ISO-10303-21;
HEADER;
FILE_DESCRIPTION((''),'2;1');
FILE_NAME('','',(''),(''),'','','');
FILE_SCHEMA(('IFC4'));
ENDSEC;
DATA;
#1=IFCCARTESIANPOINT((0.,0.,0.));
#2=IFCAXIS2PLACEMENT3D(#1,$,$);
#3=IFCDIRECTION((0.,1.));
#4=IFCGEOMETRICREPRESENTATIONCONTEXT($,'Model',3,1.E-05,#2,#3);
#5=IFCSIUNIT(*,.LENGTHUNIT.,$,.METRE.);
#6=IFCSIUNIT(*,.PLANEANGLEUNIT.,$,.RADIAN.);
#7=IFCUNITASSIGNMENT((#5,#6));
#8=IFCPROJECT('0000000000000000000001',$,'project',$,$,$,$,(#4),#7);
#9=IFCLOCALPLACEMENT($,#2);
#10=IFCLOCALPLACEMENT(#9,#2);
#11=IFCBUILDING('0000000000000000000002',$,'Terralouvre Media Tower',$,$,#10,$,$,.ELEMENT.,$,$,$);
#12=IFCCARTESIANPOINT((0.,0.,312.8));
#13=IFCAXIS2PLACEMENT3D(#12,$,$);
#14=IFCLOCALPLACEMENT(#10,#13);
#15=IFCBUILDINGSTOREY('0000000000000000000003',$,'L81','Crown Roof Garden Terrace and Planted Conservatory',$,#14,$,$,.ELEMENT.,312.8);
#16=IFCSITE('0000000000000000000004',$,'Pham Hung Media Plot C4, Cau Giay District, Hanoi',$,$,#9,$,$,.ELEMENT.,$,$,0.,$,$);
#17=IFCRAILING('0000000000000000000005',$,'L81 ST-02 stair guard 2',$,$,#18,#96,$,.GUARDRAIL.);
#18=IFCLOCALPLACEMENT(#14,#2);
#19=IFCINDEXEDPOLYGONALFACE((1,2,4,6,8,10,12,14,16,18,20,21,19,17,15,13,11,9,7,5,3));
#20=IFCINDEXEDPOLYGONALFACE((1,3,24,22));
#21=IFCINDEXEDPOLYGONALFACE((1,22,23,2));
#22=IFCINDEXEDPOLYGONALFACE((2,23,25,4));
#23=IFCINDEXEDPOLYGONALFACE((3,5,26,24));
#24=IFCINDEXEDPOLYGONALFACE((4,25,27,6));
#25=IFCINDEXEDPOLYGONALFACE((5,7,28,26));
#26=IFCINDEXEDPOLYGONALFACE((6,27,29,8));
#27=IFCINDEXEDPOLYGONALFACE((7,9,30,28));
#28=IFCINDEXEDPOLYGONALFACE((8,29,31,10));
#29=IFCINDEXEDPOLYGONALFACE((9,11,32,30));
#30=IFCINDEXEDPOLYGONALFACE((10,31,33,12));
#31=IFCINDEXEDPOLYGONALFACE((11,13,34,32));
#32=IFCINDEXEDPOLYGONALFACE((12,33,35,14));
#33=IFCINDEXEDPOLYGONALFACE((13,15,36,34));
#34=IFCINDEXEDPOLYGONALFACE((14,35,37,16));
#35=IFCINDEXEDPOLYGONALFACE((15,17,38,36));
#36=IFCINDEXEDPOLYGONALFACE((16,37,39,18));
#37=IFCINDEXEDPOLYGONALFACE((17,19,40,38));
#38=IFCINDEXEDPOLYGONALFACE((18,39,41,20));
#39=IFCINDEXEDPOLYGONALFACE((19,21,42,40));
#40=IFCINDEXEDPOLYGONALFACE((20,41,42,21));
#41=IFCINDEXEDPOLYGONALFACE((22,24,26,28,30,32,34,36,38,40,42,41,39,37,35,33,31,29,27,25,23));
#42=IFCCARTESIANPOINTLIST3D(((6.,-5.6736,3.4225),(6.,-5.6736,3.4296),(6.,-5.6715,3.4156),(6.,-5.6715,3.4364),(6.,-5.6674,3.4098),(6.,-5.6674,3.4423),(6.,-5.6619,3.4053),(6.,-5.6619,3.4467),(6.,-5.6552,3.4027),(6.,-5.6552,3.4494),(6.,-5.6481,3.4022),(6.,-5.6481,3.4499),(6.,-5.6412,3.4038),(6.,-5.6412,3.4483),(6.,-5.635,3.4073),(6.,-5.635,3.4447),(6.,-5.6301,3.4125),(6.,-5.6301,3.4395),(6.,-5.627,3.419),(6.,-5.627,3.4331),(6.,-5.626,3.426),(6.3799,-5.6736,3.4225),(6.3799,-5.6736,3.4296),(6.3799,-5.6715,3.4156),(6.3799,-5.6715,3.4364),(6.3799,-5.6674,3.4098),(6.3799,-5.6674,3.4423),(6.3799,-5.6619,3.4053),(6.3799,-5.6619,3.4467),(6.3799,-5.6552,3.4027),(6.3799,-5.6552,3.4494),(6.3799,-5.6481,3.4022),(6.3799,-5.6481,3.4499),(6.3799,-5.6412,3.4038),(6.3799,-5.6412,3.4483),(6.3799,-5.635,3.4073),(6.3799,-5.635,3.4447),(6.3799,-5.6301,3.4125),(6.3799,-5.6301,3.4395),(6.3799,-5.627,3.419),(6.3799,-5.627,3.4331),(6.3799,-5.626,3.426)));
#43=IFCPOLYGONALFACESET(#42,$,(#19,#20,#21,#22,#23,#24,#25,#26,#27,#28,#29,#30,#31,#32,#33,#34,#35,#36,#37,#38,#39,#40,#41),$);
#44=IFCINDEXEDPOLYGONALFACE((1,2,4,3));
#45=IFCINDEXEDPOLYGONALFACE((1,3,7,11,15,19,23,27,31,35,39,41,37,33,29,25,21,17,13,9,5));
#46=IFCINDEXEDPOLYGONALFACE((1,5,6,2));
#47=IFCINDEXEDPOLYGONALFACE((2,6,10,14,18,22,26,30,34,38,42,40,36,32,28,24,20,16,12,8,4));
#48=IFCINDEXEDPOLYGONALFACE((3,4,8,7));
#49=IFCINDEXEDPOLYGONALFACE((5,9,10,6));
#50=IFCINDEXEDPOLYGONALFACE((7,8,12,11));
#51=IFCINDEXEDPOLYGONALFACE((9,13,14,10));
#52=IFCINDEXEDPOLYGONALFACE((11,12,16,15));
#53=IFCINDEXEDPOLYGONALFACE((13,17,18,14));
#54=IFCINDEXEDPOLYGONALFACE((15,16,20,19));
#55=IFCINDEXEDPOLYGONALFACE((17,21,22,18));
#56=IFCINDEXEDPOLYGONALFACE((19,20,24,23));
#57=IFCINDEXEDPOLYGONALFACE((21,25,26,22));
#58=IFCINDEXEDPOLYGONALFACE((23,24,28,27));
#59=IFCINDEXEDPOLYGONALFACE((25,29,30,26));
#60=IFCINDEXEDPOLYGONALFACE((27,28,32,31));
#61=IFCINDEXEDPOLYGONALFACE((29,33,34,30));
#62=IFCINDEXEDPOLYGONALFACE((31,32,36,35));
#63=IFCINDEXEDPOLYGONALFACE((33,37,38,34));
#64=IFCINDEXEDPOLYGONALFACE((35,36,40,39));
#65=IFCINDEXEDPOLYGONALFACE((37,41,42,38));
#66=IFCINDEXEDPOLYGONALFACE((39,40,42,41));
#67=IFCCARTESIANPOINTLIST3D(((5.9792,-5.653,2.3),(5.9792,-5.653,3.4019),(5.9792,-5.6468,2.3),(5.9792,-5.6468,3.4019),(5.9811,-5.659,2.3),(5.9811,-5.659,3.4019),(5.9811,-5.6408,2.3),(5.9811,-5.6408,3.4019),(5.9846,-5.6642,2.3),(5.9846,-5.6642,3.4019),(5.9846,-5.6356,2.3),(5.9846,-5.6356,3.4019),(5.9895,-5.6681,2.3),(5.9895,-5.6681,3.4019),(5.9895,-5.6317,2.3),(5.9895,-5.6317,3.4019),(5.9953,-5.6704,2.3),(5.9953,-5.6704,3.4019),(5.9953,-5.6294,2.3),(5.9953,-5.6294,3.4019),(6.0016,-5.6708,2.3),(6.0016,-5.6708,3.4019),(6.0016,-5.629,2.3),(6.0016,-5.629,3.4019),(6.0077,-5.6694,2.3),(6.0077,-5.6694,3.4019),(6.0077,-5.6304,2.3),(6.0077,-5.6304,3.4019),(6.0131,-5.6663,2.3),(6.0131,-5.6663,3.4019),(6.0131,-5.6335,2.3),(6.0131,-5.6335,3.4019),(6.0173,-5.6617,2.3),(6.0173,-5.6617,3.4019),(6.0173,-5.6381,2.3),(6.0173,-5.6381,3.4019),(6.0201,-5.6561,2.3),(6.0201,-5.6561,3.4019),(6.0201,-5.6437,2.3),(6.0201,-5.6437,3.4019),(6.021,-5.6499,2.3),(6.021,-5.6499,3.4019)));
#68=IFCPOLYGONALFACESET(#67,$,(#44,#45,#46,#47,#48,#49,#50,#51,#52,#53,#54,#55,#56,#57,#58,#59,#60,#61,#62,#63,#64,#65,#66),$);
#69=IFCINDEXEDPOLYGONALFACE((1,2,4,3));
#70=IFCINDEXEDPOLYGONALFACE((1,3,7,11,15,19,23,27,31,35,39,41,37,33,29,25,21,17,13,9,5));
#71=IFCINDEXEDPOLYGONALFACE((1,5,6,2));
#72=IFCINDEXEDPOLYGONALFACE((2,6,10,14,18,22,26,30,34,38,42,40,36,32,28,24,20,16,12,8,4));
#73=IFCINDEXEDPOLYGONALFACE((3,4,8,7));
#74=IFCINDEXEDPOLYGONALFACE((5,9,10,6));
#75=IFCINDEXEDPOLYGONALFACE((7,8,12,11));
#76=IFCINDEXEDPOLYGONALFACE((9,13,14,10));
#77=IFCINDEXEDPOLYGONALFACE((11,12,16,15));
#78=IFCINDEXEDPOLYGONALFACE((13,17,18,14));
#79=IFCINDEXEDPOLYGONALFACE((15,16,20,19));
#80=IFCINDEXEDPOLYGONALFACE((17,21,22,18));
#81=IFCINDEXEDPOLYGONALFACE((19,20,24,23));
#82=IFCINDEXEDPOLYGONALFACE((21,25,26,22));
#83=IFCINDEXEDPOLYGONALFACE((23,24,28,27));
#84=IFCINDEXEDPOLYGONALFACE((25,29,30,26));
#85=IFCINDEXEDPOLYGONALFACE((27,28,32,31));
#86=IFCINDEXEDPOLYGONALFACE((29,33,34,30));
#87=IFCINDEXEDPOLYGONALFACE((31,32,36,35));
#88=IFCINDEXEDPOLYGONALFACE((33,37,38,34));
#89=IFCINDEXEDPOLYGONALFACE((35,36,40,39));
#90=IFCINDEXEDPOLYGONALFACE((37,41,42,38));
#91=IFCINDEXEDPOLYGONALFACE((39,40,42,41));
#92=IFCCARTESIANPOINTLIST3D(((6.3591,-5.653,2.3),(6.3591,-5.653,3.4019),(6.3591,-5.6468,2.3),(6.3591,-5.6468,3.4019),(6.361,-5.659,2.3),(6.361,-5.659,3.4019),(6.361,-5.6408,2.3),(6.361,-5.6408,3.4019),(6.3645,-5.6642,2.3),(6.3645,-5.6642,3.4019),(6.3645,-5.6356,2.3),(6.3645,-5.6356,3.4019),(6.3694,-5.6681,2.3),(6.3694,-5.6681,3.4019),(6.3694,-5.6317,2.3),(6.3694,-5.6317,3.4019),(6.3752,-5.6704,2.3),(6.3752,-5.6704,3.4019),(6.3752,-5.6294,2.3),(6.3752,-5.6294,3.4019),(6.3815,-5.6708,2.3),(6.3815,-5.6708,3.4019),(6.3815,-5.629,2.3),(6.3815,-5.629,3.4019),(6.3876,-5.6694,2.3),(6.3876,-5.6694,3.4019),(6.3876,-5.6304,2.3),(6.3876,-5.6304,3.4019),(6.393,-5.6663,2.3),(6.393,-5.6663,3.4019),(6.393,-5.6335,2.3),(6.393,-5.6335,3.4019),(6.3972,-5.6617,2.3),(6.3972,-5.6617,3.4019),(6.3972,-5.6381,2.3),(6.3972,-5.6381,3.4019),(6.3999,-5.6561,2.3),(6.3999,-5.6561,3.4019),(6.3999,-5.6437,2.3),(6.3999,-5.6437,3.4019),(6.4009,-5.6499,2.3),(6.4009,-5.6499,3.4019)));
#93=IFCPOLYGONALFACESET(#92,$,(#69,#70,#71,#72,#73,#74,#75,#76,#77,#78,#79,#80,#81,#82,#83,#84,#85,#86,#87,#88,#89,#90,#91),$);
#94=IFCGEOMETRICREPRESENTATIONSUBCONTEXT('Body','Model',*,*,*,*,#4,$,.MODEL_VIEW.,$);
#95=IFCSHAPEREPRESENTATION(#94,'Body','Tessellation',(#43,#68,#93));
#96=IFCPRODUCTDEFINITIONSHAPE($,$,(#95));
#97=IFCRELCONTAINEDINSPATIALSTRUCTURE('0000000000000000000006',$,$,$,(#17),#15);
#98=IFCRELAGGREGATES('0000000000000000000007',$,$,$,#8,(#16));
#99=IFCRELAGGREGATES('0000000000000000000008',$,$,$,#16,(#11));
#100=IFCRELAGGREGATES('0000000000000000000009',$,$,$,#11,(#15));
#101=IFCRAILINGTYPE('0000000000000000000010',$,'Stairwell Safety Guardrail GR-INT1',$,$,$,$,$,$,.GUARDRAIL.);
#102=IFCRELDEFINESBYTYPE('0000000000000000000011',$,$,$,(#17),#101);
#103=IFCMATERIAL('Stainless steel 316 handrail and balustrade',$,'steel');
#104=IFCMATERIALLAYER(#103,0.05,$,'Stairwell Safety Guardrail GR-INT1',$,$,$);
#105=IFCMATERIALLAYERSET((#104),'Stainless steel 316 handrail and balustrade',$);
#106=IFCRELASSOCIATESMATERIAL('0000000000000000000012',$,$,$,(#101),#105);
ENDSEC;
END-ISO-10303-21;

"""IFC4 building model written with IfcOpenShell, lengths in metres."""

from ifc_helpers import new_model, si_unit, direction, frame, origin, origin_2d, place, context, subcontext, project, spatial, circle, extrude, material, layer, layer_set, type_object, element, save


model = new_model("IFC4")

# Units and contexts
model_context = context("Model", 3, precision=1e-05, world=origin(), true_north=direction((0.0, 1.0)))
body_context = subcontext(model_context, "Body", "Model", "MODEL_VIEW")
ifc_project = project(units=[si_unit("LENGTHUNIT", "METRE"), si_unit("PLANEANGLEUNIT", "RADIAN")], contexts=[model_context])

# Site, building, storey
site_placement = place(None, origin())
site = spatial("IfcSite", under=ifc_project, at=site_placement, Name="Pham Hung Media Plot C4, Cau Giay District, Hanoi", CompositionType="ELEMENT", RefElevation=0.0)
building_placement = place(site_placement, origin())
building = spatial("IfcBuilding", under=site, at=building_placement, Name="Terralouvre Media Tower", CompositionType="ELEMENT")
storey_placement = place(building_placement, frame((0.0, 0.0, 312.8)))
storey = spatial("IfcBuildingStorey", under=building, at=storey_placement, Name="L81", Description="Crown Roof Garden Terrace and Planted Conservatory", CompositionType="ELEMENT", Elevation=312.8)

# Railing
ifc_material_1 = material(Name="Stainless steel 316 handrail and balustrade", Category="steel")
ifc_layer_1 = layer(ifc_material_1, 0.05, Name="Stairwell Safety Guardrail GR-INT1")
ifc_layer_set_1 = layer_set([ifc_layer_1], Name="Stainless steel 316 handrail and balustrade")
railing_type_1 = type_object("IfcRailingType", Name="Stairwell Safety Guardrail GR-INT1", PredefinedType="GUARDRAIL", material=ifc_layer_set_1)
railing_1_placement = place(storey_placement, frame((6.0, -5.6499, 2.3)))
element("IfcRailing", 1, at=railing_1_placement, inside=storey, type_object=railing_type_1, Name="L81 ST-02 stair guard 2", PredefinedType="GUARDRAIL", context=body_context, shape_type="SweptSolid", body=[
    extrude(circle(Radius=0.0239, at=origin_2d()), frame((0.0, 0.0, 1.126), z_axis=(1.0, 0.0, 0.0), x_axis=(0.0, 1.0, 0.0)), (0.0, 0.0, 1.0), 0.3799),
    extrude(circle(Radius=0.021, at=origin_2d()), origin(), (0.0, 0.0, 1.0), 1.1018),
    extrude(circle(Radius=0.021, at=origin_2d()), frame((0.3799, 0.0, 0.0)), (0.0, 0.0, 1.0), 1.1018),
])

save(model, "model.ifc")
